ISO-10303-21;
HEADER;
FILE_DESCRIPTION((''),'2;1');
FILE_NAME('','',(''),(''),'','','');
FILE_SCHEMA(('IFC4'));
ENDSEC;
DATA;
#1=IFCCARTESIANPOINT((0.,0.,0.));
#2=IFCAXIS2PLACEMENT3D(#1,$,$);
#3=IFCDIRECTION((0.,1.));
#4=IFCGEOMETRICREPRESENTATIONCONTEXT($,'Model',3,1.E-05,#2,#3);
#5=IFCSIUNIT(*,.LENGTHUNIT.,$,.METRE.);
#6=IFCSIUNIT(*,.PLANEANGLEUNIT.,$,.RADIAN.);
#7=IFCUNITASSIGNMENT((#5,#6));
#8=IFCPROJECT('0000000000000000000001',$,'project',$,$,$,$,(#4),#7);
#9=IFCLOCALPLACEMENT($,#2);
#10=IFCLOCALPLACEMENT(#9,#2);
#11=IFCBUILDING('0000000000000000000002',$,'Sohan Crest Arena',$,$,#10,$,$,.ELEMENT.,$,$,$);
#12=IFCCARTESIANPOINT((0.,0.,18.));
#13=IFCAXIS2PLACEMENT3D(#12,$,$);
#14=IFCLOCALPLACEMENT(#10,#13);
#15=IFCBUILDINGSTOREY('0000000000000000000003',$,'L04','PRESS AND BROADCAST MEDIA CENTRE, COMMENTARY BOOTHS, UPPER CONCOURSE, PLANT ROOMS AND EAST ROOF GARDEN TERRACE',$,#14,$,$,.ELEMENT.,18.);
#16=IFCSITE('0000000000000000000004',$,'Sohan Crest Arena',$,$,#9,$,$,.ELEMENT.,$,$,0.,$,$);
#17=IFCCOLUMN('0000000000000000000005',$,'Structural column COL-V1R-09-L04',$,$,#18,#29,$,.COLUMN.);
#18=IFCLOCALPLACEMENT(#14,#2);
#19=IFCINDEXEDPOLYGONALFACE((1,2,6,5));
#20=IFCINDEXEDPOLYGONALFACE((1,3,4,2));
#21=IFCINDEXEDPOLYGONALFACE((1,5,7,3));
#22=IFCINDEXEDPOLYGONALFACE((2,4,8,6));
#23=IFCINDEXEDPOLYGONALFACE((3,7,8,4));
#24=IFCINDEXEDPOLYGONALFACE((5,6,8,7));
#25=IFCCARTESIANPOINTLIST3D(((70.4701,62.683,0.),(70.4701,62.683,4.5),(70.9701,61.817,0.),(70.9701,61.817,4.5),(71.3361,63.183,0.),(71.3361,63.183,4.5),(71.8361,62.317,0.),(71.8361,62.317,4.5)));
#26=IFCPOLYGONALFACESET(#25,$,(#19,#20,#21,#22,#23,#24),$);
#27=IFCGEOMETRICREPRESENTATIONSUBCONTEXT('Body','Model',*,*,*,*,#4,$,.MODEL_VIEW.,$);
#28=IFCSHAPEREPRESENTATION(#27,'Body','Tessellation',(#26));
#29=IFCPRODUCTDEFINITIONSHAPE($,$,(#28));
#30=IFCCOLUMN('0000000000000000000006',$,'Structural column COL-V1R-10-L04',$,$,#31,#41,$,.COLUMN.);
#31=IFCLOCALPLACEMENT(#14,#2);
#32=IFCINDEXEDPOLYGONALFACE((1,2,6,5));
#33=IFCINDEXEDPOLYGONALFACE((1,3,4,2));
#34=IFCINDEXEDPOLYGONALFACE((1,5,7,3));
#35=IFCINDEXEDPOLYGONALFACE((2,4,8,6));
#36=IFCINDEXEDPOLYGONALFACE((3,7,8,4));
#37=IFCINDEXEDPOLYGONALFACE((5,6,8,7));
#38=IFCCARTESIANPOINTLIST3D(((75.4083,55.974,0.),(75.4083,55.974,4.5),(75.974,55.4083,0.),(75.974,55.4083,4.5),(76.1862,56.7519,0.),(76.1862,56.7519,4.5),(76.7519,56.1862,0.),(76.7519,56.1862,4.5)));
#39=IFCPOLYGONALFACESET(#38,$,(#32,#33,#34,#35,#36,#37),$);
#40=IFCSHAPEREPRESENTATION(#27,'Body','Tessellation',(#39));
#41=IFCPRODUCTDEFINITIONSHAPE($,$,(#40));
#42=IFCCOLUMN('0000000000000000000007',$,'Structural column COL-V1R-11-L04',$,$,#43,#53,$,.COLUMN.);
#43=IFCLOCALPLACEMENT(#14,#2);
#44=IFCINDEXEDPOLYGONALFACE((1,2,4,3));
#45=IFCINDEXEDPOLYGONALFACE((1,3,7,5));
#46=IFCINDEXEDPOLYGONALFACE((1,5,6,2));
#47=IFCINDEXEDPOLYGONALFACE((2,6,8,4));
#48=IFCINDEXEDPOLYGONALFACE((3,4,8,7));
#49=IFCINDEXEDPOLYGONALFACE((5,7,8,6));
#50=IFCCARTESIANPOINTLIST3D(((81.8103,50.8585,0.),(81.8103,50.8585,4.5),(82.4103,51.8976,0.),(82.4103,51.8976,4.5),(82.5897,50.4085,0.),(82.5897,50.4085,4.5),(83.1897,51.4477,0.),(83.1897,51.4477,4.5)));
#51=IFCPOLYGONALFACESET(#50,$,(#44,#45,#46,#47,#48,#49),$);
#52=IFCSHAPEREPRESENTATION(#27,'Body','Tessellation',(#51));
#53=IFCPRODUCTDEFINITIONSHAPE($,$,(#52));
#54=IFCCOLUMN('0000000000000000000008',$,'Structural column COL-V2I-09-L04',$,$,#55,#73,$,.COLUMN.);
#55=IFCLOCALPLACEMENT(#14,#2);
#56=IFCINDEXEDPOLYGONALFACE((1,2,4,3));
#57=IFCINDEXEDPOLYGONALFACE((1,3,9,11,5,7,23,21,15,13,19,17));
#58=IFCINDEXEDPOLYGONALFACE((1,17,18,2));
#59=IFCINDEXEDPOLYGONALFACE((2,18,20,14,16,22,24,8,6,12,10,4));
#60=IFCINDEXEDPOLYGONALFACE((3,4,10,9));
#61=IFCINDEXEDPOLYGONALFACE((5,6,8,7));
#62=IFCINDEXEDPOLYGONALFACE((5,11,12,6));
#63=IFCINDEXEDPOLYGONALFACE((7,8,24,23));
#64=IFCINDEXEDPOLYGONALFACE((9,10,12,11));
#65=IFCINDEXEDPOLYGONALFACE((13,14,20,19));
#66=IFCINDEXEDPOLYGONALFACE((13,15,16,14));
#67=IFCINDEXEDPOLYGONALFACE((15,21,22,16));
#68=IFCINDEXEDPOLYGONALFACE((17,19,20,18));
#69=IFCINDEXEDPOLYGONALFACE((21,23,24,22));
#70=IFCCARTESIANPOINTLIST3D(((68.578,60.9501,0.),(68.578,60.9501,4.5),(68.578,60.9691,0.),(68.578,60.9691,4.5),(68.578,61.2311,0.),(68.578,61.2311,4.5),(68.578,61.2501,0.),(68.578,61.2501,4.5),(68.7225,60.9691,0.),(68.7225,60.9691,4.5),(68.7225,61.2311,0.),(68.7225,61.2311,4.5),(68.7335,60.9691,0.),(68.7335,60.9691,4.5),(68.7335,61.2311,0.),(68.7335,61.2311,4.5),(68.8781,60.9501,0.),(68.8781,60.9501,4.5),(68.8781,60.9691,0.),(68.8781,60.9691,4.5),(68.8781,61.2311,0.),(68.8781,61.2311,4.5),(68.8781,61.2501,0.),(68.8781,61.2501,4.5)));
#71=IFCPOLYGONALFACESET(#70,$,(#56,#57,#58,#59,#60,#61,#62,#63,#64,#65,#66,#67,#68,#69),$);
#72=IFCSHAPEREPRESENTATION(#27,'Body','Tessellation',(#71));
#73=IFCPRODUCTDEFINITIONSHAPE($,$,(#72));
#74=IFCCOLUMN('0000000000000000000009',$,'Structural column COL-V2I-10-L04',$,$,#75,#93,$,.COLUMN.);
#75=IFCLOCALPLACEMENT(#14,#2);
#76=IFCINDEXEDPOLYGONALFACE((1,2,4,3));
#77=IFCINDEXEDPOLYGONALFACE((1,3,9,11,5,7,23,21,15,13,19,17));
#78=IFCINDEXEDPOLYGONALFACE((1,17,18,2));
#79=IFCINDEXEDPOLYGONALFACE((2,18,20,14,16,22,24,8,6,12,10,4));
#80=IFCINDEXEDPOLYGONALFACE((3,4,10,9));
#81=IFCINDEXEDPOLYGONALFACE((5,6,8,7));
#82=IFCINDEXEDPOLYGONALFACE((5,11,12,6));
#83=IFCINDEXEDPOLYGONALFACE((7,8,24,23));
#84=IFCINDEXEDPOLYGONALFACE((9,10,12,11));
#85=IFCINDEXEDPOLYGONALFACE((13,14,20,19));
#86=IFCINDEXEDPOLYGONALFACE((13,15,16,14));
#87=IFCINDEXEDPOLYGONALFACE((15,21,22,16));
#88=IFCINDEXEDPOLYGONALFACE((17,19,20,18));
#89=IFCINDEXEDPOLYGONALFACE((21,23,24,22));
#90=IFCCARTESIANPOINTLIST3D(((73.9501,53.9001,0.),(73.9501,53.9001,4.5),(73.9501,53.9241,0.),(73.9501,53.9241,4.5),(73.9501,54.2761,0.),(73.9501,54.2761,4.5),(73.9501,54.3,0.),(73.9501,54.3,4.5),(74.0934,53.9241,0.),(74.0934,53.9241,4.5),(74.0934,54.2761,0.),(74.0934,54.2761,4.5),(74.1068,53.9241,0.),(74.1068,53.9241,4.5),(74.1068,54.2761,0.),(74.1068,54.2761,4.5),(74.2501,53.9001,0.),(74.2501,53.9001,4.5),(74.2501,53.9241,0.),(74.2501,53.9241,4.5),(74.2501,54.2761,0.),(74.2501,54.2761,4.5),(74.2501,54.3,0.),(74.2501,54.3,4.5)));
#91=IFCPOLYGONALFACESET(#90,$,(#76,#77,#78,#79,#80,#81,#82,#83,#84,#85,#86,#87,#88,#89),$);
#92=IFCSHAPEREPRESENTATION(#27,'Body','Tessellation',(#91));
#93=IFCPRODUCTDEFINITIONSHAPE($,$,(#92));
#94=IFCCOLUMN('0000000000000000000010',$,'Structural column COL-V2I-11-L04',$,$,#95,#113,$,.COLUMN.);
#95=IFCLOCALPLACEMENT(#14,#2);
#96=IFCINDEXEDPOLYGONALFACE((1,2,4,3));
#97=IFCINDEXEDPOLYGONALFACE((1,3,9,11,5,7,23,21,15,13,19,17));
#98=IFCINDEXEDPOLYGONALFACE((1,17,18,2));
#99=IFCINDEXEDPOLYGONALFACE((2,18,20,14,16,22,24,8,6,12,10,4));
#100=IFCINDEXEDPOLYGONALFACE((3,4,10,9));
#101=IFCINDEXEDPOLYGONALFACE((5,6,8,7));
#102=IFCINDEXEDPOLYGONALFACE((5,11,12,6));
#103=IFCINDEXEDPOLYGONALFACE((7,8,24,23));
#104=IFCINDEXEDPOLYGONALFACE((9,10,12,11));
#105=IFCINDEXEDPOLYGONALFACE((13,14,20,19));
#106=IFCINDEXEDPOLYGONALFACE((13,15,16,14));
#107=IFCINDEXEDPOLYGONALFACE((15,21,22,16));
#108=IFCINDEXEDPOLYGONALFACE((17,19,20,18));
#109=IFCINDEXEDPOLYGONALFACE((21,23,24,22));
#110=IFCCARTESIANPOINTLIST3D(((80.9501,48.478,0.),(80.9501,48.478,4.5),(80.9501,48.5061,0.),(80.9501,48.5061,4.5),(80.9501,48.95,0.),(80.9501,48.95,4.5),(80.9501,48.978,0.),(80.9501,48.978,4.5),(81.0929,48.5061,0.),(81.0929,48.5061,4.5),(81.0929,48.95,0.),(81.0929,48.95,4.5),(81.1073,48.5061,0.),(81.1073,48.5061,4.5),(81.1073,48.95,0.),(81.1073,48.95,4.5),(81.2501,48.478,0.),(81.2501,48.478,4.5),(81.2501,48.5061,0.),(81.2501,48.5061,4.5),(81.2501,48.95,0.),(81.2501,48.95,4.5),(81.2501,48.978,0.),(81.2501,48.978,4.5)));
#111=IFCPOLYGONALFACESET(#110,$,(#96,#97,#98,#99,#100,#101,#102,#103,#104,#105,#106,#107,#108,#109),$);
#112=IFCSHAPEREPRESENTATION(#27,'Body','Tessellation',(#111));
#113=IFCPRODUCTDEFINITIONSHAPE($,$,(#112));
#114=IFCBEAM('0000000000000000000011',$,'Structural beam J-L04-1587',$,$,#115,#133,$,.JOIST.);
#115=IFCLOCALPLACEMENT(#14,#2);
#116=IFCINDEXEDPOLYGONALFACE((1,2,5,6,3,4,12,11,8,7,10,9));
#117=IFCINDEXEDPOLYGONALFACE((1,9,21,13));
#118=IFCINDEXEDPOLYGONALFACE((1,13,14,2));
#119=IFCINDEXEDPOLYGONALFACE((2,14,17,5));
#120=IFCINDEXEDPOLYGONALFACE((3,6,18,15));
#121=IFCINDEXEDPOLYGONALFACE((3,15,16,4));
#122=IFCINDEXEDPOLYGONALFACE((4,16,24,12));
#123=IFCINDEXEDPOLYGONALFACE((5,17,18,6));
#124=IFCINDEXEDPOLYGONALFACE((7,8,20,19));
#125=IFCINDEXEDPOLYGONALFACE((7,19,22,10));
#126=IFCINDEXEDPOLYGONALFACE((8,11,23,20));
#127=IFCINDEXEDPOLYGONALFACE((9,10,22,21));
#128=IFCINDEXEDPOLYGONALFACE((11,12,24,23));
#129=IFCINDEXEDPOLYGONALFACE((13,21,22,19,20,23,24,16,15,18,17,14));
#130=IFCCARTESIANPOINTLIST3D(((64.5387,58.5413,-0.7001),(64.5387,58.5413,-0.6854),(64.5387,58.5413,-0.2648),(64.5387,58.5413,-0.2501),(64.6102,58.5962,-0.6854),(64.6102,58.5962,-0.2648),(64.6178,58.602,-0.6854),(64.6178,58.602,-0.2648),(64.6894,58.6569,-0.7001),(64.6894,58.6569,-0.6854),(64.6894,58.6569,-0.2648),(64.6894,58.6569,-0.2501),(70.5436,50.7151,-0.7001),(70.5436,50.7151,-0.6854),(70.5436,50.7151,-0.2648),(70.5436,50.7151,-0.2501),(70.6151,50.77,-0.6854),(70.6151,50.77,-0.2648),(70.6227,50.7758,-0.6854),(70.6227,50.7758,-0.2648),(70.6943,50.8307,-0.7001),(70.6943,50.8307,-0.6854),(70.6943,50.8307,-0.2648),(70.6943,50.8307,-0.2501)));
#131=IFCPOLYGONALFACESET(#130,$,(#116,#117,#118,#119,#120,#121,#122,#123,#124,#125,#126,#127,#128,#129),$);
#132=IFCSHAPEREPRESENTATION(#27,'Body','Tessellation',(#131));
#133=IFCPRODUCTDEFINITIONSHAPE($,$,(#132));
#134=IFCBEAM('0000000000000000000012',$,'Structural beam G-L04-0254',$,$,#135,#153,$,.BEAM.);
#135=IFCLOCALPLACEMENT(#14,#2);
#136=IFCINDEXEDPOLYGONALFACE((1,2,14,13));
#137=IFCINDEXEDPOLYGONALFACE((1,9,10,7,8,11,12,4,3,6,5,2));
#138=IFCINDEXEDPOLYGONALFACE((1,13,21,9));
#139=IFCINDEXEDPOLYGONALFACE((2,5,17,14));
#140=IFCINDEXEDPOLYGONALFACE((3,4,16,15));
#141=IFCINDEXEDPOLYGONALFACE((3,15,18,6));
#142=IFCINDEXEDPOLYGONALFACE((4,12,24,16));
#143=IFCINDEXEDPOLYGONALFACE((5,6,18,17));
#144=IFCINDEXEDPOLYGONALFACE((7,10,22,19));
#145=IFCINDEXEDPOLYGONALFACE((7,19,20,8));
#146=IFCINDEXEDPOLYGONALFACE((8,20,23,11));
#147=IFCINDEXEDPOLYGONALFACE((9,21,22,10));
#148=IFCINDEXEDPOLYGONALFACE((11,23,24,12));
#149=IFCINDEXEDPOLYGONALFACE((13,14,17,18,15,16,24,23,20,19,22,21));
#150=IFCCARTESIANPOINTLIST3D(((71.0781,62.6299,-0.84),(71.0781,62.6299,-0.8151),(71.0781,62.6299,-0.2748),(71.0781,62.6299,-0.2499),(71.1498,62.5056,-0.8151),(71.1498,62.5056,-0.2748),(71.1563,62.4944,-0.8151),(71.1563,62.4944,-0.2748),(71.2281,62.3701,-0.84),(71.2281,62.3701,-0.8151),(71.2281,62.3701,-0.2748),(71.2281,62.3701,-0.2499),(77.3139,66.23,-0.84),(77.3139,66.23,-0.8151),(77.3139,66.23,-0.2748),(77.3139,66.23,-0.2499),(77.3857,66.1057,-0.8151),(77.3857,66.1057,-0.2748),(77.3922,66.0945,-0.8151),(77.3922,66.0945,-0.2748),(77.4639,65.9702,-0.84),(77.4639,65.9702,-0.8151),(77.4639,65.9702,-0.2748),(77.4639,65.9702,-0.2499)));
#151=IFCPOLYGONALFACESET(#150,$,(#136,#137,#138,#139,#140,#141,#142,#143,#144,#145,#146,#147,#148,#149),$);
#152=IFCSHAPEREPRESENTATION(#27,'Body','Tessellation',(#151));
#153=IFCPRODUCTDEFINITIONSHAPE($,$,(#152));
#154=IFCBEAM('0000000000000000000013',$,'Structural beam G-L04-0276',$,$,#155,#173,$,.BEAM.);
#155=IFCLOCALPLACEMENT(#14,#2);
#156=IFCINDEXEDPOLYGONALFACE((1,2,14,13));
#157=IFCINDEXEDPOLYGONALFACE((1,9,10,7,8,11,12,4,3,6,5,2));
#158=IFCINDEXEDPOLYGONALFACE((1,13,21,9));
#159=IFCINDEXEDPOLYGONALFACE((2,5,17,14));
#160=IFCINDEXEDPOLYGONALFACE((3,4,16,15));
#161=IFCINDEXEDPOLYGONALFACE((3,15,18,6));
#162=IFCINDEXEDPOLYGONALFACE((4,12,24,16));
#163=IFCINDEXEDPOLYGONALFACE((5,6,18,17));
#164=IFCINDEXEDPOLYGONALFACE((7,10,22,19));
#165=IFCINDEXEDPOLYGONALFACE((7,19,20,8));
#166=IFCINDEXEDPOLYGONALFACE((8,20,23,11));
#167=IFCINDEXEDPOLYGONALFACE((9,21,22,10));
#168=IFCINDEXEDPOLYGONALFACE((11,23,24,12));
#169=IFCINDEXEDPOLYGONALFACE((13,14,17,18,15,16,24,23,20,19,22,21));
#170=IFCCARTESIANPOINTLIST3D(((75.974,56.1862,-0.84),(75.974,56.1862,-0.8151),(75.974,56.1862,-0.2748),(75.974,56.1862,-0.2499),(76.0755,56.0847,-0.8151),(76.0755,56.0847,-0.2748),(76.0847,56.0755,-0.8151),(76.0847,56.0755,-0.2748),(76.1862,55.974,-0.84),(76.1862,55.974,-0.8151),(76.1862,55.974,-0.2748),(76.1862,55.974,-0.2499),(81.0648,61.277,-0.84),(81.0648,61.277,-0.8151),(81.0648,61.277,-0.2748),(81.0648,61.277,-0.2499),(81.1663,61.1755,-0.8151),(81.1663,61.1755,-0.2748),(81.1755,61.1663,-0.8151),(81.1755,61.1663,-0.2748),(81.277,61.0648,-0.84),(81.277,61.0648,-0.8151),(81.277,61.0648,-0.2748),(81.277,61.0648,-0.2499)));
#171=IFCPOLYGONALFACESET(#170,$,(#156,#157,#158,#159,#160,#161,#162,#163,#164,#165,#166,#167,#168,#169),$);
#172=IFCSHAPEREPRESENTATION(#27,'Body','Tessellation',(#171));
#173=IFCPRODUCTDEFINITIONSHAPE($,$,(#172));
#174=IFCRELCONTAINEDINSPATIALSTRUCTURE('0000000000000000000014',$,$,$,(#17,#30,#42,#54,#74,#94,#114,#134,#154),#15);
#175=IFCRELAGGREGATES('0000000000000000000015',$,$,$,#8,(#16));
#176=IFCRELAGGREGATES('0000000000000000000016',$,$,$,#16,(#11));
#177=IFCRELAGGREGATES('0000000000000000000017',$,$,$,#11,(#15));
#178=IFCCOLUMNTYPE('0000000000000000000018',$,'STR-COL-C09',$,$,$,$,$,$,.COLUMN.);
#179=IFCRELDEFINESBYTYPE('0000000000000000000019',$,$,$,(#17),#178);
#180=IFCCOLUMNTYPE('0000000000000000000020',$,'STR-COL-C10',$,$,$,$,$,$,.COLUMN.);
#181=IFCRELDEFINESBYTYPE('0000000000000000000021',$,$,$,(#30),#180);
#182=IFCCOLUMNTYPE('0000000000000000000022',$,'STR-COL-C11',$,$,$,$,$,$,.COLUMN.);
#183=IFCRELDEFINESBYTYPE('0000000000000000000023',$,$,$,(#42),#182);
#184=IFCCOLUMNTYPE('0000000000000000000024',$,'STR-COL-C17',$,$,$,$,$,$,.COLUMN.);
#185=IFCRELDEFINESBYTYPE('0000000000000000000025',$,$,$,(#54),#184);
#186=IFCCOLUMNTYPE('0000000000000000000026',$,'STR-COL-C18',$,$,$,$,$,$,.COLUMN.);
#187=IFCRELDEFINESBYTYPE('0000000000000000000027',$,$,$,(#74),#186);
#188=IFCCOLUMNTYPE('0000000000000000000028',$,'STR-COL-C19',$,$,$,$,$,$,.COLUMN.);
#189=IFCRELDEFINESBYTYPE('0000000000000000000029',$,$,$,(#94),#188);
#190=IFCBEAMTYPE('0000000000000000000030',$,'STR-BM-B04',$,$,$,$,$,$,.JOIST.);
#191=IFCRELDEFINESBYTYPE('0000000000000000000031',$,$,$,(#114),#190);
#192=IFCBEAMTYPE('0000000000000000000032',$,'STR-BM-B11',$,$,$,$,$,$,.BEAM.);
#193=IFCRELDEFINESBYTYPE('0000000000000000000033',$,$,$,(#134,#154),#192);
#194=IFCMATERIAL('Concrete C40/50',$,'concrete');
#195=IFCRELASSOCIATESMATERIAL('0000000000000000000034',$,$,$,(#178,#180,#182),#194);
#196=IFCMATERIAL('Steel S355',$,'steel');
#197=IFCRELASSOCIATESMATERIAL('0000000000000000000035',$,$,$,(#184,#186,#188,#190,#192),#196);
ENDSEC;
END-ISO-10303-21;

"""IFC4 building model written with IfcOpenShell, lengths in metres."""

from ifc_helpers import new_model, si_unit, direction, frame, origin, origin_2d, place, context, subcontext, project, spatial, rectangle, i_section, extrude, material, material_profile, profile_set, type_object, element, save


model = new_model("IFC4")

# Units and contexts
model_context = context("Model", 3, precision=1e-05, world=origin(), true_north=direction((0.0, 1.0)))
body_context = subcontext(model_context, "Body", "Model", "MODEL_VIEW")
ifc_project = project(units=[si_unit("LENGTHUNIT", "METRE"), si_unit("PLANEANGLEUNIT", "RADIAN")], contexts=[model_context])

# Site, building, storey
site_placement = place(None, origin())
site = spatial("IfcSite", under=ifc_project, at=site_placement, Name="Sohan Crest Arena", CompositionType="ELEMENT", RefElevation=0.0)
building_placement = place(site_placement, origin())
building = spatial("IfcBuilding", under=site, at=building_placement, Name="Sohan Crest Arena", CompositionType="ELEMENT")
storey_placement = place(building_placement, frame((0.0, 0.0, 18.0)))
storey = spatial("IfcBuildingStorey", under=building, at=storey_placement, Name="L04", Description="PRESS AND BROADCAST MEDIA CENTRE, COMMENTARY BOOTHS, UPPER CONCOURSE, PLANT ROOMS AND EAST ROOF GARDEN TERRACE", CompositionType="ELEMENT", Elevation=18.0)

# Columns
ifc_material_1 = material(Name="Concrete C40/50", Category="concrete")
ifc_material_profile_1 = material_profile(ifc_material_1, rectangle(XDim=1.0, YDim=1.0, at=origin_2d()), Name="RC 1000x1000")
ifc_profile_set_1 = profile_set([ifc_material_profile_1], Name="Concrete C40/50")
column_type_1 = type_object("IfcColumnType", Name="STR-COL-C09", PredefinedType="COLUMN", material=ifc_profile_set_1)
column_1_placement = place(storey_placement, frame((71.1531, 62.5, 0.0), z_axis=(0.0, 0.0, 1.0), x_axis=(0.866025, 0.5, 0.0)))
element("IfcColumn", 1, at=column_1_placement, inside=storey, type_object=column_type_1, Name="Structural column COL-V1R-09-L04", PredefinedType="COLUMN", context=body_context, shape_type="SweptSolid", body=[
    extrude(rectangle(XDim=1.0, YDim=1.0, at=origin_2d()), origin(), (0.0, 0.0, 1.0), 4.5),
])
ifc_material_profile_2 = material_profile(ifc_material_1, rectangle(XDim=1.1001, YDim=0.8, at=origin_2d()), Name="RC 1100x800")
ifc_profile_set_2 = profile_set([ifc_material_profile_2], Name="Concrete C40/50")
column_type_2 = type_object("IfcColumnType", Name="STR-COL-C10", PredefinedType="COLUMN", material=ifc_profile_set_2)
column_2_placement = place(storey_placement, frame((76.0801, 56.0801, 0.0), z_axis=(0.0, 0.0, 1.0), x_axis=(0.707107, 0.707107, 0.0)))
element("IfcColumn", 2, at=column_2_placement, inside=storey, type_object=column_type_2, Name="Structural column COL-V1R-10-L04", PredefinedType="COLUMN", context=body_context, shape_type="SweptSolid", body=[
    extrude(rectangle(XDim=1.1001, YDim=0.8, at=origin_2d()), origin(), (0.0, 0.0, 1.0), 4.5),
])
ifc_material_profile_3 = material_profile(ifc_material_1, rectangle(XDim=1.2, YDim=0.8999, at=origin_2d()), Name="RC 1200x900")
ifc_profile_set_3 = profile_set([ifc_material_profile_3], Name="Concrete C40/50")
column_type_3 = type_object("IfcColumnType", Name="STR-COL-C11", PredefinedType="COLUMN", material=ifc_profile_set_3)
column_3_placement = place(storey_placement, frame((82.5, 51.1531, 0.0), z_axis=(0.0, 0.0, 1.0), x_axis=(0.5, 0.866025, 0.0)))
element("IfcColumn", 3, at=column_3_placement, inside=storey, type_object=column_type_3, Name="Structural column COL-V1R-11-L04", PredefinedType="COLUMN", context=body_context, shape_type="SweptSolid", body=[
    extrude(rectangle(XDim=1.2, YDim=0.8999, at=origin_2d()), origin(), (0.0, 0.0, 1.0), 4.5),
])
ifc_material_2 = material(Name="Steel S355", Category="steel")
ifc_material_profile_4 = material_profile(ifc_material_2, i_section(OverallWidth=0.3, OverallDepth=0.3, WebThickness=0.011, FlangeThickness=0.019, at=origin_2d()), Name="HEB 300")
ifc_profile_set_4 = profile_set([ifc_material_profile_4], Name="Steel S355")
column_type_4 = type_object("IfcColumnType", Name="STR-COL-C17", PredefinedType="COLUMN", material=ifc_profile_set_4)
column_4_placement = place(storey_placement, frame((68.728, 61.1001, 0.0), z_axis=(0.0, 0.0, 1.0), x_axis=(1.0, 0.0, 0.0)))
element("IfcColumn", 4, at=column_4_placement, inside=storey, type_object=column_type_4, Name="Structural column COL-V2I-09-L04", PredefinedType="COLUMN", context=body_context, shape_type="SweptSolid", body=[
    extrude(i_section(OverallWidth=0.3, OverallDepth=0.3, WebThickness=0.011, FlangeThickness=0.019, at=origin_2d()), origin(), (0.0, 0.0, 1.0), 4.5),
])
ifc_material_profile_5 = material_profile(ifc_material_2, i_section(OverallWidth=0.3, OverallDepth=0.3999, WebThickness=0.0134, FlangeThickness=0.0239, at=origin_2d()), Name="HEB 400")
ifc_profile_set_5 = profile_set([ifc_material_profile_5], Name="Steel S355")
column_type_5 = type_object("IfcColumnType", Name="STR-COL-C18", PredefinedType="COLUMN", material=ifc_profile_set_5)
column_5_placement = place(storey_placement, frame((74.1001, 54.1001, 0.0), z_axis=(0.0, 0.0, 1.0), x_axis=(1.0, 0.0, 0.0)))
element("IfcColumn", 5, at=column_5_placement, inside=storey, type_object=column_type_5, Name="Structural column COL-V2I-10-L04", PredefinedType="COLUMN", context=body_context, shape_type="SweptSolid", body=[
    extrude(i_section(OverallWidth=0.3, OverallDepth=0.3999, WebThickness=0.0134, FlangeThickness=0.0239, at=origin_2d()), origin(), (0.0, 0.0, 1.0), 4.5),
])
ifc_material_profile_6 = material_profile(ifc_material_2, i_section(OverallWidth=0.3, OverallDepth=0.5, WebThickness=0.0144, FlangeThickness=0.0281, at=origin_2d()), Name="HEB 500")
ifc_profile_set_6 = profile_set([ifc_material_profile_6], Name="Steel S355")
column_type_6 = type_object("IfcColumnType", Name="STR-COL-C19", PredefinedType="COLUMN", material=ifc_profile_set_6)
column_6_placement = place(storey_placement, frame((81.1001, 48.728, 0.0), z_axis=(0.0, 0.0, 1.0), x_axis=(1.0, 0.0, 0.0)))
element("IfcColumn", 6, at=column_6_placement, inside=storey, type_object=column_type_6, Name="Structural column COL-V2I-11-L04", PredefinedType="COLUMN", context=body_context, shape_type="SweptSolid", body=[
    extrude(i_section(OverallWidth=0.3, OverallDepth=0.5, WebThickness=0.0144, FlangeThickness=0.0281, at=origin_2d()), origin(), (0.0, 0.0, 1.0), 4.5),
])

# Beams
ifc_material_profile_7 = material_profile(ifc_material_2, i_section(OverallWidth=0.1899, OverallDepth=0.45, WebThickness=0.0095, FlangeThickness=0.0146, at=origin_2d()), Name="IPE 450")
ifc_profile_set_7 = profile_set([ifc_material_profile_7], Name="Steel S355")
beam_type_1 = type_object("IfcBeamType", Name="STR-BM-B04", PredefinedType="JOIST", material=ifc_profile_set_7)
beam_1_placement = place(storey_placement, frame((64.614, 58.5991, -0.4751), z_axis=(0.608739, -0.79337, 0.0), x_axis=(0.79337, 0.608739, 0.0)))
element("IfcBeam", 7, at=beam_1_placement, inside=storey, type_object=beam_type_1, Name="Structural beam J-L04-1587", PredefinedType="JOIST", context=body_context, shape_type="SweptSolid", body=[
    extrude(i_section(OverallWidth=0.1899, OverallDepth=0.45, WebThickness=0.0095, FlangeThickness=0.0146, at=origin_2d()), origin(), (0.0, 0.0, 1.0), 9.8645),
])
ifc_material_profile_8 = material_profile(ifc_material_2, i_section(OverallWidth=0.3, OverallDepth=0.5901, WebThickness=0.0129, FlangeThickness=0.0249, at=origin_2d()), Name="HEA 600")
ifc_profile_set_8 = profile_set([ifc_material_profile_8], Name="Steel S355")
beam_type_2 = type_object("IfcBeamType", Name="STR-BM-B11", PredefinedType="BEAM", material=ifc_profile_set_8)
beam_2_placement = place(storey_placement, frame((77.3889, 66.1001, -0.5449), z_axis=(-0.866035, -0.499983, 0.0), x_axis=(0.499983, -0.866035, 0.0)))
element("IfcBeam", 8, at=beam_2_placement, inside=storey, type_object=beam_type_2, Name="Structural beam G-L04-0254", PredefinedType="BEAM", context=body_context, shape_type="SweptSolid", body=[
    extrude(i_section(OverallWidth=0.3, OverallDepth=0.5901, WebThickness=0.0129, FlangeThickness=0.0249, at=origin_2d()), origin(), (0.0, 0.0, 1.0), 7.2004),
])
beam_3_placement = place(storey_placement, frame((81.1709, 61.1709, -0.5449), z_axis=(-0.707107, -0.707107, 0.0), x_axis=(0.707107, -0.707107, 0.0)))
element("IfcBeam", 9, at=beam_3_placement, inside=storey, type_object=beam_type_2, Name="Structural beam G-L04-0276", PredefinedType="BEAM", context=body_context, shape_type="SweptSolid", body=[
    extrude(i_section(OverallWidth=0.3, OverallDepth=0.5901, WebThickness=0.0129, FlangeThickness=0.0249, at=origin_2d()), origin(), (0.0, 0.0, 1.0), 7.1995),
])

save(model, "model.ifc")
